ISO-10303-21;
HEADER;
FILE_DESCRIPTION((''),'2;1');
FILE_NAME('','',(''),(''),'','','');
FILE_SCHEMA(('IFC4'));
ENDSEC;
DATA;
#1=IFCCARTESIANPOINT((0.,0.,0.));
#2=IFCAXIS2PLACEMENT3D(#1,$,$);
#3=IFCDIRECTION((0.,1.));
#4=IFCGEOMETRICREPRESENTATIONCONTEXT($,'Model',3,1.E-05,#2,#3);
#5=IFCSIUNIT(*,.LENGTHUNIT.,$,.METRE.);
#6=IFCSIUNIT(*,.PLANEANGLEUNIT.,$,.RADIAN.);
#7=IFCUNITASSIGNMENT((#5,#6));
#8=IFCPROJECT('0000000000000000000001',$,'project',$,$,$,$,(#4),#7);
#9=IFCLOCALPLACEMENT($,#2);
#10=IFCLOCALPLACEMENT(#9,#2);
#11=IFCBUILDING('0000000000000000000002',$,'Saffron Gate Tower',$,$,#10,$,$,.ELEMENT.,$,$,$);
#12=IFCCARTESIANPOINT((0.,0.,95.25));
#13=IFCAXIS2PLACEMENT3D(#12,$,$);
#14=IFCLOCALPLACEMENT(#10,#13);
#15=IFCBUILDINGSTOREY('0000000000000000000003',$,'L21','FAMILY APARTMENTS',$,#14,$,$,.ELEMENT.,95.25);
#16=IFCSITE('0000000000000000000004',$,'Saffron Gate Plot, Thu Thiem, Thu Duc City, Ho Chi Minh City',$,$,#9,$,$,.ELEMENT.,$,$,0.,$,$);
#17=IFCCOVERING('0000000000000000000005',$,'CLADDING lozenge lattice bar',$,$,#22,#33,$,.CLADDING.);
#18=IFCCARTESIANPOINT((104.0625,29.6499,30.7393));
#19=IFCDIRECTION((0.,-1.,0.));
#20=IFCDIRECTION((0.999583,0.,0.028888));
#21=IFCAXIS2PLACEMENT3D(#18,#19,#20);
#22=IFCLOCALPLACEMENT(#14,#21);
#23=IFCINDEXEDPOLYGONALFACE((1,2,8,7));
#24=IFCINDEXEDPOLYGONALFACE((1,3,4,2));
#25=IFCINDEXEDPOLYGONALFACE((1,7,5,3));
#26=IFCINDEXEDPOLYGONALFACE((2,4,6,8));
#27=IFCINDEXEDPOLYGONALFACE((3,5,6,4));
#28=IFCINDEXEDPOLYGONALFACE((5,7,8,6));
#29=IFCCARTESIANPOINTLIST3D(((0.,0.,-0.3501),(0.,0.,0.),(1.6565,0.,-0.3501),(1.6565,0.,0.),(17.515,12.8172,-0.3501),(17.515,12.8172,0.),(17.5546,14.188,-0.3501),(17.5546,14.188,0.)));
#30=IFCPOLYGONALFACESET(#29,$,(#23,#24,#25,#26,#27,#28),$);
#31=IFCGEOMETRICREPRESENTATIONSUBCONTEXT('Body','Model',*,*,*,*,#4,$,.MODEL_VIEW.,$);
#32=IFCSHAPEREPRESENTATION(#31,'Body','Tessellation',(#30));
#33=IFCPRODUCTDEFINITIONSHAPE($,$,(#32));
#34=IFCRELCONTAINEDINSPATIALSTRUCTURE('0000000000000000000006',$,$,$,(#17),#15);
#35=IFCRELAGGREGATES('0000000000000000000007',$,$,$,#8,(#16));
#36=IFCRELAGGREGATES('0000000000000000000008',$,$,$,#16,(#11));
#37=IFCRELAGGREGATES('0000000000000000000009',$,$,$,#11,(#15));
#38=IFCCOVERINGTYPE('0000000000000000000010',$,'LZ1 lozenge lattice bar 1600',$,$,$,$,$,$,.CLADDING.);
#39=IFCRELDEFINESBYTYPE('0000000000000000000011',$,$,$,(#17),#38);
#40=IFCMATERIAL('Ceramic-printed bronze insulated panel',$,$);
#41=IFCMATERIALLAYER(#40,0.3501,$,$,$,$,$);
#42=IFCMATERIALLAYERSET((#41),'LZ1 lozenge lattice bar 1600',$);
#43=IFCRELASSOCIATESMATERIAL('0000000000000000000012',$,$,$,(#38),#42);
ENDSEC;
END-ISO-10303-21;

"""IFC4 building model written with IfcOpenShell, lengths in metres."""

from ifc_helpers import new_model, si_unit, direction, frame, origin, place, context, subcontext, project, spatial, polyline, outline, extrude, material, layer, layer_set, type_object, element, save


model = new_model("IFC4")

# Units and contexts
model_context = context("Model", 3, precision=1e-05, world=origin(), true_north=direction((0.0, 1.0)))
body_context = subcontext(model_context, "Body", "Model", "MODEL_VIEW")
ifc_project = project(units=[si_unit("LENGTHUNIT", "METRE"), si_unit("PLANEANGLEUNIT", "RADIAN")], contexts=[model_context])

# Site, building, storey
site_placement = place(None, origin())
site = spatial("IfcSite", under=ifc_project, at=site_placement, Name="Saffron Gate Plot, Thu Thiem, Thu Duc City, Ho Chi Minh City", CompositionType="ELEMENT", RefElevation=0.0)
building_placement = place(site_placement, origin())
building = spatial("IfcBuilding", under=site, at=building_placement, Name="Saffron Gate Tower", CompositionType="ELEMENT")
storey_placement = place(building_placement, frame((0.0, 0.0, 95.25)))
storey = spatial("IfcBuildingStorey", under=building, at=storey_placement, Name="L21", Description="FAMILY APARTMENTS", CompositionType="ELEMENT", Elevation=95.25)

# Covering
ifc_material_1 = material(Name="Ceramic-printed bronze insulated panel")
ifc_layer_1 = layer(ifc_material_1, 0.3501)
ifc_layer_set_1 = layer_set([ifc_layer_1], Name="LZ1 lozenge lattice bar 1600")
covering_type = type_object("IfcCoveringType", Name="LZ1 lozenge lattice bar 1600", PredefinedType="CLADDING", material=ifc_layer_set_1)
covering_1_placement = place(storey_placement, frame((104.0625, 29.6499, 30.7393), z_axis=(0.0, -1.0, 0.0), x_axis=(0.999583, 0.0, 0.028888)))
element("IfcCovering", 1, at=covering_1_placement, inside=storey, type_object=covering_type, Name="CLADDING lozenge lattice bar", PredefinedType="CLADDING", context=body_context, shape_type="SweptSolid", body=[
    extrude(outline(polyline([(0.0, 0.0), (1.6565, 0.0), (17.515, 12.8172), (17.5546, 14.188), (0.0, 0.0)])), origin(), (0.0, 0.0, -1.0), 0.3501),
])

save(model, "model.ifc")
